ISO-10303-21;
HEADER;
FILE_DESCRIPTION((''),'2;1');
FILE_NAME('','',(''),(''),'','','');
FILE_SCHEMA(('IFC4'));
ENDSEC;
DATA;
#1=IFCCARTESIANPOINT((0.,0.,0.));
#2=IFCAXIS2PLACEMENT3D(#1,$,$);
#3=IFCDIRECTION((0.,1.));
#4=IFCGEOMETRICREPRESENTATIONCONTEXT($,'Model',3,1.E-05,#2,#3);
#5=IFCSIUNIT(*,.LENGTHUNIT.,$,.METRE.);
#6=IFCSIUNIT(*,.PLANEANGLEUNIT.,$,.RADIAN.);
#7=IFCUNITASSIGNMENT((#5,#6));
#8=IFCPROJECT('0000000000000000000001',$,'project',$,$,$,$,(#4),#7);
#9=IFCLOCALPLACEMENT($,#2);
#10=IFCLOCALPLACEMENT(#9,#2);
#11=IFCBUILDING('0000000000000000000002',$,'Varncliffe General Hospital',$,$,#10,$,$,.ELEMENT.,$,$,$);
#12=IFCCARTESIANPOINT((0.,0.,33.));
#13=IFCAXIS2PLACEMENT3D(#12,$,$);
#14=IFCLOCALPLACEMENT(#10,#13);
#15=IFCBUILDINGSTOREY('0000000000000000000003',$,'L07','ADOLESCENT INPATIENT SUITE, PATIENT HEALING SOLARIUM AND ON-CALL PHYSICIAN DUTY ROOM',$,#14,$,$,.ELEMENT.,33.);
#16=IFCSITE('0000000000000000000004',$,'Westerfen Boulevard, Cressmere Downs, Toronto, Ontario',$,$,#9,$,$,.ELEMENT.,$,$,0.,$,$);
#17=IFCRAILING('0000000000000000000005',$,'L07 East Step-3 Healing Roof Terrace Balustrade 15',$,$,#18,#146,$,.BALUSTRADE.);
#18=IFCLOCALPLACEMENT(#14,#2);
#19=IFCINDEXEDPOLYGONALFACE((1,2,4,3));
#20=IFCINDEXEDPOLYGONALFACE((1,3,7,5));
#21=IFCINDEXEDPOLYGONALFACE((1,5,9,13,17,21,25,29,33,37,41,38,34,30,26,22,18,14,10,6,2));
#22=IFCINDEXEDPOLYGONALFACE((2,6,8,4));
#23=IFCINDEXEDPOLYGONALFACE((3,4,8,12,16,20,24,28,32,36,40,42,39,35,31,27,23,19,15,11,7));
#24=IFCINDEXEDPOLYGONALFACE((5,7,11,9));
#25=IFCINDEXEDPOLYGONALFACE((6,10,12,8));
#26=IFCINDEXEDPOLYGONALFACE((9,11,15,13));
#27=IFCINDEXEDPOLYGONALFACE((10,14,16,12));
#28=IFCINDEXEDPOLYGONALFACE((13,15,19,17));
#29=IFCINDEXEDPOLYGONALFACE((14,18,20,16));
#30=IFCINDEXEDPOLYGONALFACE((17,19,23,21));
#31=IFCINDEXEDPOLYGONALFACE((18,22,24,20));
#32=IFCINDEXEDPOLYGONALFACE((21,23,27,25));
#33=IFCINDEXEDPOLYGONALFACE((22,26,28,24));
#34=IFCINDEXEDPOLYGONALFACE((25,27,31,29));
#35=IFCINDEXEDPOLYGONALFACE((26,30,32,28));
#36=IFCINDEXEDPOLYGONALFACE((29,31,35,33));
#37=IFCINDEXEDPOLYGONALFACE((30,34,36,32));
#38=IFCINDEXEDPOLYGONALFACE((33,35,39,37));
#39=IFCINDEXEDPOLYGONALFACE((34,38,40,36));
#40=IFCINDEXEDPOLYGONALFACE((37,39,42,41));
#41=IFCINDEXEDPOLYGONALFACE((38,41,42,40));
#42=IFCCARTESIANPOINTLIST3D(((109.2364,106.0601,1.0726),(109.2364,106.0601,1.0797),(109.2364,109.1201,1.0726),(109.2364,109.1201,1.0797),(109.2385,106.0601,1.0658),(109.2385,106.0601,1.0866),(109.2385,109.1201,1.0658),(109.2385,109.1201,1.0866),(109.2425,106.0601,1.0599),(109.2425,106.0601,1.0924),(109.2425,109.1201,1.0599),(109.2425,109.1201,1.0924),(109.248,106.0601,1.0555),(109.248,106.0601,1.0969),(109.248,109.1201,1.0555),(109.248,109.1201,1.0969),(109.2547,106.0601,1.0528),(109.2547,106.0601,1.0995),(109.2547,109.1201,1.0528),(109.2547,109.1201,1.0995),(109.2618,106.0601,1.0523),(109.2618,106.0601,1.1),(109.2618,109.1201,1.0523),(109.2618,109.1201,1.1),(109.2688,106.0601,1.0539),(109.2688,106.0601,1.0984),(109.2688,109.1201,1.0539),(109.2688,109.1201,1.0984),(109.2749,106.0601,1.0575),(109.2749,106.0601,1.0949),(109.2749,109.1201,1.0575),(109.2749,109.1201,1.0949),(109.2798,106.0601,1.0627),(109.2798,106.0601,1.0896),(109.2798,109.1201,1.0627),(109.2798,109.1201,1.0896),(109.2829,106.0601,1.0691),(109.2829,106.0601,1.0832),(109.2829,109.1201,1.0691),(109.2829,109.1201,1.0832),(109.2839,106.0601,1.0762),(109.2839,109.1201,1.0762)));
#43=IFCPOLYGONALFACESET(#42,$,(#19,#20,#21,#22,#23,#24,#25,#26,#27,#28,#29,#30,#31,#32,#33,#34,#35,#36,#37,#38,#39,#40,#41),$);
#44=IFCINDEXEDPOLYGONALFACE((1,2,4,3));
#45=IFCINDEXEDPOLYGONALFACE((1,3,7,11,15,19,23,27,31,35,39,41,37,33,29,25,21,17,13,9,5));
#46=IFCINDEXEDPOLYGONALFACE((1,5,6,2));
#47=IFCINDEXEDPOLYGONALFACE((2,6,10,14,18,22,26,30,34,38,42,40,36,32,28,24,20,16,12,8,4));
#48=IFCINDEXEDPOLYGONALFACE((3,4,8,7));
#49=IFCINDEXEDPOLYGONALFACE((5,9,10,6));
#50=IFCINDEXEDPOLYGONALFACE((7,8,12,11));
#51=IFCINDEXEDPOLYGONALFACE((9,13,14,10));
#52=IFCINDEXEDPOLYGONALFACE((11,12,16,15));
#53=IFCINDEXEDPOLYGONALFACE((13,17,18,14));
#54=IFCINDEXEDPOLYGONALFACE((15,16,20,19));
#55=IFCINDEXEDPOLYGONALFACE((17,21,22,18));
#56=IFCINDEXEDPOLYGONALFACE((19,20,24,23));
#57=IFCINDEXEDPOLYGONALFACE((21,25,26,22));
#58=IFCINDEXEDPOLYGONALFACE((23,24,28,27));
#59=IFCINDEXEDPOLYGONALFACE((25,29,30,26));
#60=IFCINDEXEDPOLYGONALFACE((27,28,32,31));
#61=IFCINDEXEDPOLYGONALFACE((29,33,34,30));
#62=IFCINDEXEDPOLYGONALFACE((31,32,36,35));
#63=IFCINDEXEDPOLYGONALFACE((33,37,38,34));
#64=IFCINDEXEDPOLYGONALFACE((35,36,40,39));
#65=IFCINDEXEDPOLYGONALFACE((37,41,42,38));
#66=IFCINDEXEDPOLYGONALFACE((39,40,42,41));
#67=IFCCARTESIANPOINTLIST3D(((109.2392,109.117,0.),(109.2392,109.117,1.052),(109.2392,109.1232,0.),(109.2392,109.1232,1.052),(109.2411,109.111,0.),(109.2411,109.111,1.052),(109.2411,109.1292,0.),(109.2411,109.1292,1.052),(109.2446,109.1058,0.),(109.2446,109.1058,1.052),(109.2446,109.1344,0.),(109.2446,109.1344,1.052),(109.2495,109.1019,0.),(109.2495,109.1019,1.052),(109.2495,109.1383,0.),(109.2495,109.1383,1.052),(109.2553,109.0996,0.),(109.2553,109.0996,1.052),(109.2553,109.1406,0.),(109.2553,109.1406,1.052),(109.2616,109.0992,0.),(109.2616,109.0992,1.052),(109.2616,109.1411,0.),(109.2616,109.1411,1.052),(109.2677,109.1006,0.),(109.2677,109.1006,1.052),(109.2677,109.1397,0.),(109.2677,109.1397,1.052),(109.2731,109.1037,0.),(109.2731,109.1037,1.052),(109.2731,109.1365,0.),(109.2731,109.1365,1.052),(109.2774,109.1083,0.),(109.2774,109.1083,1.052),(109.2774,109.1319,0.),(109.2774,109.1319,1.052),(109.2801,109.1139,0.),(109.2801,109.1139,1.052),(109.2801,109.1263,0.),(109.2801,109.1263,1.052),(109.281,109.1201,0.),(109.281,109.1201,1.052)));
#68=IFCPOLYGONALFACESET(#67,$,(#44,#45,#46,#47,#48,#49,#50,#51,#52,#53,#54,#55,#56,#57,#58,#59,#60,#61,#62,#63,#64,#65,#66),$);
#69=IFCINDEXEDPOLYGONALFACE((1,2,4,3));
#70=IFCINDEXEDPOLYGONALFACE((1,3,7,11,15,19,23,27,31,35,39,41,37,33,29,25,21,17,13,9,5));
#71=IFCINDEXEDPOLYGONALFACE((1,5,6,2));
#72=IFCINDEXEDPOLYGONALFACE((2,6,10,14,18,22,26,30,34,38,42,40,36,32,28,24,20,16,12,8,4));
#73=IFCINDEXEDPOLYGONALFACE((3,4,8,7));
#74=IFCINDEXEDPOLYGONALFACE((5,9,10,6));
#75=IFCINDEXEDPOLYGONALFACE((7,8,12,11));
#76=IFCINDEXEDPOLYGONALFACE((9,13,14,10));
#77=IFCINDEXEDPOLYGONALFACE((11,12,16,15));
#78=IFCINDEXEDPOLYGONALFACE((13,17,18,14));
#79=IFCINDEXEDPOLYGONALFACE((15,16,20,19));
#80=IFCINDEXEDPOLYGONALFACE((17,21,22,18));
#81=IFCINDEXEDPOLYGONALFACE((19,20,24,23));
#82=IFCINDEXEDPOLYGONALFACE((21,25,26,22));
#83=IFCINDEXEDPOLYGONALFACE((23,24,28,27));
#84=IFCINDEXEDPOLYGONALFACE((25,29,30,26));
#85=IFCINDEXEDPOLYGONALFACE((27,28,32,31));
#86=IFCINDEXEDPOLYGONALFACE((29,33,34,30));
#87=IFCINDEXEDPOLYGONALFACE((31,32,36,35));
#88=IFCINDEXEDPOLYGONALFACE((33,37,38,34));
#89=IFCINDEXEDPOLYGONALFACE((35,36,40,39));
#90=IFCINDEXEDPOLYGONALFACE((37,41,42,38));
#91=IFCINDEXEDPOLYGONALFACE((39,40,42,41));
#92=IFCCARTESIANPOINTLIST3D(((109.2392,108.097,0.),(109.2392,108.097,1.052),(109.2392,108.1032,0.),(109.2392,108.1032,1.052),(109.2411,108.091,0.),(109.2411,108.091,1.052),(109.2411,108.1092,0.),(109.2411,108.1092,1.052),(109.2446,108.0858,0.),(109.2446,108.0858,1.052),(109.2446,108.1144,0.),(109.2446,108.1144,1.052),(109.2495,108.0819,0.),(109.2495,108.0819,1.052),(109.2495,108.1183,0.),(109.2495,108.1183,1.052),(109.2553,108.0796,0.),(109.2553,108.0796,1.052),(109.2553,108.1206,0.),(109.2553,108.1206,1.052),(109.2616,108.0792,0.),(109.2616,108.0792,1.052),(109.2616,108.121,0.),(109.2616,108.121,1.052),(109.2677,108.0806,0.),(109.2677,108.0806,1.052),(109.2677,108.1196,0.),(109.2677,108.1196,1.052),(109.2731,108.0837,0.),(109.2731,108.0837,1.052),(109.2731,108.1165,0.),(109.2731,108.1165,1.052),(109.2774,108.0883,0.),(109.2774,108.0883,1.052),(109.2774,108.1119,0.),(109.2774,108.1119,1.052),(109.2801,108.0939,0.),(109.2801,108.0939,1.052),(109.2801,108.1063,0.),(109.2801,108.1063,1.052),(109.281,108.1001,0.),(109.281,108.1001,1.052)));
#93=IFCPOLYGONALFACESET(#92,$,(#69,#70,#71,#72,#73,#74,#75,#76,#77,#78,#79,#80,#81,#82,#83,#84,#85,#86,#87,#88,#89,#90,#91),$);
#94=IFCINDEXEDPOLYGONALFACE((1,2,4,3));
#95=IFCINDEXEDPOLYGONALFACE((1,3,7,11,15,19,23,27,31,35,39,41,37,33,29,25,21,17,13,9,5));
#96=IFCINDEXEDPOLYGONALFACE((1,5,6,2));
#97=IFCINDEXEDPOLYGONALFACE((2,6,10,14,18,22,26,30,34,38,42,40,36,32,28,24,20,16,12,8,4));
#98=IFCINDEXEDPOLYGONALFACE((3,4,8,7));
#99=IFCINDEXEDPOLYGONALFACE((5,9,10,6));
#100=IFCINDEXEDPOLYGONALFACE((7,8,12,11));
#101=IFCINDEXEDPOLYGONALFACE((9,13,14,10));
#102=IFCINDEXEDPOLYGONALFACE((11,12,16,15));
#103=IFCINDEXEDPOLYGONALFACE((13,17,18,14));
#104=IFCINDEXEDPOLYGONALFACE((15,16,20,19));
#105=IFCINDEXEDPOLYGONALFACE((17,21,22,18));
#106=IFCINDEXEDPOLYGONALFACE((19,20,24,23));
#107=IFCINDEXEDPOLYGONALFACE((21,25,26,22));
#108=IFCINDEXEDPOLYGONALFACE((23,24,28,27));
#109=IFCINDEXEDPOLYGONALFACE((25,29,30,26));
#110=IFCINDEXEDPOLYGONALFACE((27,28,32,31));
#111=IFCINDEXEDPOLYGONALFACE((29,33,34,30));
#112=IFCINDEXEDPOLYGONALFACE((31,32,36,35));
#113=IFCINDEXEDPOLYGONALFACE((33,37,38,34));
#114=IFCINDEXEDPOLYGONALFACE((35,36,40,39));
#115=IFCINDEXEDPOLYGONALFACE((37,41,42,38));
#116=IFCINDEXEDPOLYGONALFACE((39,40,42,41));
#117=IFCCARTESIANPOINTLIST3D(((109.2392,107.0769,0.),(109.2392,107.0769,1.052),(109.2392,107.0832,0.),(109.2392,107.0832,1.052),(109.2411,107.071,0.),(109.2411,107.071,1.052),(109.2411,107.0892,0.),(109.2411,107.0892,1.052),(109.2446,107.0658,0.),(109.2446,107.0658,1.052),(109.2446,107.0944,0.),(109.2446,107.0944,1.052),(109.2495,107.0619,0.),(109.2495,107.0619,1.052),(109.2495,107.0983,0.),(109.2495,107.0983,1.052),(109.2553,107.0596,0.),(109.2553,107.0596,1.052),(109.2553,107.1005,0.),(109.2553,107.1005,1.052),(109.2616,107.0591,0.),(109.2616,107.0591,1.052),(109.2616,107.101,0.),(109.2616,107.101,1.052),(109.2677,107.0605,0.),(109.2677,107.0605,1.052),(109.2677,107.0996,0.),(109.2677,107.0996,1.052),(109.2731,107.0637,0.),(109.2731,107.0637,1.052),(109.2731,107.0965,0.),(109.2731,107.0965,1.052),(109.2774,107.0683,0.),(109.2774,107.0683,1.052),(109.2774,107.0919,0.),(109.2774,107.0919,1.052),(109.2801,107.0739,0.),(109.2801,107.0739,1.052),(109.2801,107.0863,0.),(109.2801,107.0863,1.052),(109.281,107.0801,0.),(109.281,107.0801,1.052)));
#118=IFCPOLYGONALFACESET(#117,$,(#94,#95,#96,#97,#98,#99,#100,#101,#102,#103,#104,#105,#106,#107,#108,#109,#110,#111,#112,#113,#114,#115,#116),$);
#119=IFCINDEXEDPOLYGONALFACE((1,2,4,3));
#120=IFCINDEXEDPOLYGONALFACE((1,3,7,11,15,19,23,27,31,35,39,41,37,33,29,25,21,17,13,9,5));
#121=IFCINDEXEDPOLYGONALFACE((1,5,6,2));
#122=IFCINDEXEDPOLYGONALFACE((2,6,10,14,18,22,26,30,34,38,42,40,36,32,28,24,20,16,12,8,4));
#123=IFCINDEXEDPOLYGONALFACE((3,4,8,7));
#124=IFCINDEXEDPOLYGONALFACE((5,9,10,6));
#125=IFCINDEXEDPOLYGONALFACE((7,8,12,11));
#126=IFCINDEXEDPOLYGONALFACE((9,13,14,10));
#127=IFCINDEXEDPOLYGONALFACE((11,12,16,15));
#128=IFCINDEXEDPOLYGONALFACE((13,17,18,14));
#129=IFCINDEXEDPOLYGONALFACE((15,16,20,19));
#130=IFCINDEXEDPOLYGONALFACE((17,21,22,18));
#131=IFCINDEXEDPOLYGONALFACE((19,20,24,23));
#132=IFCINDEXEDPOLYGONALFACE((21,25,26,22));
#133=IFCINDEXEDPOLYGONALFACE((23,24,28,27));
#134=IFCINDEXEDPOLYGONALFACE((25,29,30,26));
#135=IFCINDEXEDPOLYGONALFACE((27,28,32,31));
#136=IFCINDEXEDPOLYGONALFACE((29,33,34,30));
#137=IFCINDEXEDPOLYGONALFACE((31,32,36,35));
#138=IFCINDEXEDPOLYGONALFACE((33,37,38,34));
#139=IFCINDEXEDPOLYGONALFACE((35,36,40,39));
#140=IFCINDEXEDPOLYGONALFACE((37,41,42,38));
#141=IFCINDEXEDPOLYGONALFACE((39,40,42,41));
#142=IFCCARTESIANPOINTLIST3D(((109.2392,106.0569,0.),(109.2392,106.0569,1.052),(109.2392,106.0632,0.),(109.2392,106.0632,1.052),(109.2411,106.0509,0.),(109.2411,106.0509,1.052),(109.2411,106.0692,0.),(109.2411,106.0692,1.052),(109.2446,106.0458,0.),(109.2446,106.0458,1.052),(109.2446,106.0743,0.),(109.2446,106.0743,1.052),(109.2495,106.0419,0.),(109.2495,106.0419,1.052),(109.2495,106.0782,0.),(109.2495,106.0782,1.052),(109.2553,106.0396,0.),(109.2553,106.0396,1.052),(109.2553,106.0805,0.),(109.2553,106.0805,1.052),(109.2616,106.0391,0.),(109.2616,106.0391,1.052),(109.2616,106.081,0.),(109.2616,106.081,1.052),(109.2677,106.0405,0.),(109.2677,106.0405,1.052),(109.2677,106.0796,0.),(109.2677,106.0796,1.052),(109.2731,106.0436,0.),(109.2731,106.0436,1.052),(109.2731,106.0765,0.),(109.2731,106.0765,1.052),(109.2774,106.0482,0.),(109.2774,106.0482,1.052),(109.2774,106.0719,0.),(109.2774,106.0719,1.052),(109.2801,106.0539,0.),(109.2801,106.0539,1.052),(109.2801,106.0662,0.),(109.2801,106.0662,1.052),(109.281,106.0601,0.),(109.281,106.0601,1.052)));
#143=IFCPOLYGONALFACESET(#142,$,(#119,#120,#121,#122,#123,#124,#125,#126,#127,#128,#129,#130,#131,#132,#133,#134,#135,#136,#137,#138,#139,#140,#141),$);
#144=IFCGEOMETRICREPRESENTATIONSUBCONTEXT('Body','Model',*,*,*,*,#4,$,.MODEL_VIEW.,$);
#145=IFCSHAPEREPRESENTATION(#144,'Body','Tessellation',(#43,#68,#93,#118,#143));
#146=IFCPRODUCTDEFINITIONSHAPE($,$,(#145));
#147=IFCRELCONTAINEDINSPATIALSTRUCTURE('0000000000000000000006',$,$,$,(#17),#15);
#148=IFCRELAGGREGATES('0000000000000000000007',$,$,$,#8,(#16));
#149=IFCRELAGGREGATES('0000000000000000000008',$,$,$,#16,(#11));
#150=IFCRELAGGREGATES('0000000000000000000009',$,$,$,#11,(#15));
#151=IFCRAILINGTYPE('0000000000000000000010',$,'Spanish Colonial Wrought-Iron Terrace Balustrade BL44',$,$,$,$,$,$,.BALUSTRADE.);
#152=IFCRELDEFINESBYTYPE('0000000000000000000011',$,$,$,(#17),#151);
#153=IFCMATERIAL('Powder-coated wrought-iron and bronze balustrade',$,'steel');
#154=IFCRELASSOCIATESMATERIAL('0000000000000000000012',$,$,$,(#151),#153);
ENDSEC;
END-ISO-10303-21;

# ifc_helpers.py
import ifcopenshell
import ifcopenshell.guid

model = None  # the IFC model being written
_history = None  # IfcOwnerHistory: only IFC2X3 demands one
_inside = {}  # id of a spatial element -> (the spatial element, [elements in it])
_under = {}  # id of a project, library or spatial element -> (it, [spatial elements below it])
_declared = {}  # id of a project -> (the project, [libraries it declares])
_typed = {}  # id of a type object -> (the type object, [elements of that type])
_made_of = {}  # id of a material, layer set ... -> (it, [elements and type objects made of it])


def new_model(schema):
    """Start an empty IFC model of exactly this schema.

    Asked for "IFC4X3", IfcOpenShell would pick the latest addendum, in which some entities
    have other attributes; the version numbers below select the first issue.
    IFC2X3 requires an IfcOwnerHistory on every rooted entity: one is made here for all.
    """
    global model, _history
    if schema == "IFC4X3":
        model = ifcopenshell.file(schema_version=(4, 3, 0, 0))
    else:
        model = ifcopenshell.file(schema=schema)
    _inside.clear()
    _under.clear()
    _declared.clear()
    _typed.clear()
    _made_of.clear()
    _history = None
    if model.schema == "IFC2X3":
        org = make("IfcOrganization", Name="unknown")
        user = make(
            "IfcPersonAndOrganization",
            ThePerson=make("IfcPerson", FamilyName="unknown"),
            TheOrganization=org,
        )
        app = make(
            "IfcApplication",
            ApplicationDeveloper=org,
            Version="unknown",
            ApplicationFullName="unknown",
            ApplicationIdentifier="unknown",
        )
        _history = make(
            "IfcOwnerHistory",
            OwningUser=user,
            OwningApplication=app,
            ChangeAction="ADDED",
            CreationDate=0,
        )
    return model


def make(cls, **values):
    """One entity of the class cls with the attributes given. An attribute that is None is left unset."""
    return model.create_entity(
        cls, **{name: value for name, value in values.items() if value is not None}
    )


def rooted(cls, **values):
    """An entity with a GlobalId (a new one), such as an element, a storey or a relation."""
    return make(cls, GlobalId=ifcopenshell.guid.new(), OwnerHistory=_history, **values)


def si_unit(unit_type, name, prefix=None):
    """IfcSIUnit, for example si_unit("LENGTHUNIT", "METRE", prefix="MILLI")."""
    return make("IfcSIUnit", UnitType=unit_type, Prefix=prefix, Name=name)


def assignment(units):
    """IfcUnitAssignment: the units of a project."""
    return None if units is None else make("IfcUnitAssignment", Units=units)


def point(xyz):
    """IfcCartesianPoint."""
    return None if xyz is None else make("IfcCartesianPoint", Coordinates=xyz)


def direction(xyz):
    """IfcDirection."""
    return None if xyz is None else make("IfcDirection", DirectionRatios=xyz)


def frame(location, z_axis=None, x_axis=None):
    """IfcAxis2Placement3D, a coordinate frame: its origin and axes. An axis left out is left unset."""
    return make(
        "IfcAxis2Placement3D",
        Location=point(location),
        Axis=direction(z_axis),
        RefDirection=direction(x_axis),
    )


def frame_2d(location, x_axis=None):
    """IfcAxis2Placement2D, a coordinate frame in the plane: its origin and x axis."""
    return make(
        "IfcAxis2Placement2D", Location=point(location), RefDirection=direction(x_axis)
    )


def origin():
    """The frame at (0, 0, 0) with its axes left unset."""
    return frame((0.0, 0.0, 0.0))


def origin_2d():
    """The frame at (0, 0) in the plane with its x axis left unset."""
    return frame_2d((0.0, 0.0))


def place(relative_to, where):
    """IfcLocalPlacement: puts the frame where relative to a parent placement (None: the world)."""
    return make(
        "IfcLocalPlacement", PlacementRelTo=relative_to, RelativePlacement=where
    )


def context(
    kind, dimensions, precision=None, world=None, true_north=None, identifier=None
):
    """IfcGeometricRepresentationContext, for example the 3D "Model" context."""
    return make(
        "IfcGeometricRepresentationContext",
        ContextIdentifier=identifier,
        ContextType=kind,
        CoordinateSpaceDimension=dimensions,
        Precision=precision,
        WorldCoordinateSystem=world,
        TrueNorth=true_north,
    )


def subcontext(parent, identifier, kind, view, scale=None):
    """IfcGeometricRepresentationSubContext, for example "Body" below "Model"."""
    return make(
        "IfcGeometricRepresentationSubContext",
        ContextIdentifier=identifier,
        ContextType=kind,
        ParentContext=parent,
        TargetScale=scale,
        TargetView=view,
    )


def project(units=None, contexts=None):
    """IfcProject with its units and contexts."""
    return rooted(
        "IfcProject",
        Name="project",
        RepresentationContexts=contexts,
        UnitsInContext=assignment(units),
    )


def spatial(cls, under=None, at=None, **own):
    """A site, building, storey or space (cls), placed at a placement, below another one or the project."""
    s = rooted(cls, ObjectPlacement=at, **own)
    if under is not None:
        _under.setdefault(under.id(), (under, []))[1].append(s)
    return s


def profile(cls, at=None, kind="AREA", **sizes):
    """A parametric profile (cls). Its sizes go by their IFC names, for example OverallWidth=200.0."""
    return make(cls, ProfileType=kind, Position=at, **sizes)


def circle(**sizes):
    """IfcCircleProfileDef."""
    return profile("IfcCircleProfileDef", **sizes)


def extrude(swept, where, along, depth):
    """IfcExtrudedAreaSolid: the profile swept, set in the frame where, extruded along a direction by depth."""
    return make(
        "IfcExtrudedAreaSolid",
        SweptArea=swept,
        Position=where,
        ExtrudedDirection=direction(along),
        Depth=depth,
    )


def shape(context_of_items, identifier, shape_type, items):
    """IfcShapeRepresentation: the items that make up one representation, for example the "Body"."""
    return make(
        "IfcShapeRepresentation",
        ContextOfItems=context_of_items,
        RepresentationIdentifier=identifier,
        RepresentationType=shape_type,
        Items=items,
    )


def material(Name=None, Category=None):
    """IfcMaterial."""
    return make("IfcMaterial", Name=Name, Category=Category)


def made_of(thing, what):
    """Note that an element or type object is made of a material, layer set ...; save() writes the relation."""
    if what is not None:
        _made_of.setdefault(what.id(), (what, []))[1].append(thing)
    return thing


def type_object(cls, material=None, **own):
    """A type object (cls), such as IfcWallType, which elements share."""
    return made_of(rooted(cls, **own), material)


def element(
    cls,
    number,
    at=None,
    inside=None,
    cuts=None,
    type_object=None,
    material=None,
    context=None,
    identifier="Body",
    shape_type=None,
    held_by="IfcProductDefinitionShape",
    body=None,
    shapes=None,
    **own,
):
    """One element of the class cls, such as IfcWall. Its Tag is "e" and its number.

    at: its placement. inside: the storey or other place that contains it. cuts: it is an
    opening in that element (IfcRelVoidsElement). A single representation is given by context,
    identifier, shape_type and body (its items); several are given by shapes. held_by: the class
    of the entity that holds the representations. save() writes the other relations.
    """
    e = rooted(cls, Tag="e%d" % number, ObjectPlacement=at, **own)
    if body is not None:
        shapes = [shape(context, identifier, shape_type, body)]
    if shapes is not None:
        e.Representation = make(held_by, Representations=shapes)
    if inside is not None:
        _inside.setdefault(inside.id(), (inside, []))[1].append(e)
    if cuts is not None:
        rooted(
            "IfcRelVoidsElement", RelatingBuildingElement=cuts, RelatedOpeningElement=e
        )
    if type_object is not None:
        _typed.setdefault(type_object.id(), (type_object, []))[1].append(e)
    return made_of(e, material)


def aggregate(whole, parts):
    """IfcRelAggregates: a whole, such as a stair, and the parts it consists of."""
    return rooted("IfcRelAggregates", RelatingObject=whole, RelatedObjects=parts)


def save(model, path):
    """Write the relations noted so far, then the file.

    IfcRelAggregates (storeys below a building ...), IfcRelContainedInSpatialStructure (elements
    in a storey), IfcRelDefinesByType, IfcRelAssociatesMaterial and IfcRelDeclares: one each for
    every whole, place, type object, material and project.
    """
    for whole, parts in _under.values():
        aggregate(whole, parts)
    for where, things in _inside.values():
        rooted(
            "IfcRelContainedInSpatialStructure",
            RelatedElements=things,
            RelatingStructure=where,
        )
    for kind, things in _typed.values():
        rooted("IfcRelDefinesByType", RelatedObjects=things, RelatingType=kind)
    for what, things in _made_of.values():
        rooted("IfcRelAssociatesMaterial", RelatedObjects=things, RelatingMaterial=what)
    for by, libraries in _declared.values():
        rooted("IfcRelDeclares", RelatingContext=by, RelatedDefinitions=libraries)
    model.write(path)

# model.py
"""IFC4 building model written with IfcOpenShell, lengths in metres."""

from ifc_helpers import new_model, si_unit, direction, frame, origin, origin_2d, place, context, subcontext, project, spatial, circle, extrude, material, type_object, element, save


model = new_model("IFC4")

# Units and contexts
model_context = context("Model", 3, precision=1e-05, world=origin(), true_north=direction((0.0, 1.0)))
body_context = subcontext(model_context, "Body", "Model", "MODEL_VIEW")
ifc_project = project(units=[si_unit("LENGTHUNIT", "METRE"), si_unit("PLANEANGLEUNIT", "RADIAN")], contexts=[model_context])

# Site, building, storey
site_placement = place(None, origin())
site = spatial("IfcSite", under=ifc_project, at=site_placement, Name="Westerfen Boulevard, Cressmere Downs, Toronto, Ontario", CompositionType="ELEMENT", RefElevation=0.0)
building_placement = place(site_placement, origin())
building = spatial("IfcBuilding", under=site, at=building_placement, Name="Varncliffe General Hospital", CompositionType="ELEMENT")
storey_placement = place(building_placement, frame((0.0, 0.0, 33.0)))
storey = spatial("IfcBuildingStorey", under=building, at=storey_placement, Name="L07", Description="ADOLESCENT INPATIENT SUITE, PATIENT HEALING SOLARIUM AND ON-CALL PHYSICIAN DUTY ROOM", CompositionType="ELEMENT", Elevation=33.0)

# Railing
ifc_material_1 = material(Name="Powder-coated wrought-iron and bronze balustrade", Category="steel")
railing_type = type_object("IfcRailingType", Name="Spanish Colonial Wrought-Iron Terrace Balustrade BL44", PredefinedType="BALUSTRADE", material=ifc_material_1)
railing_1_placement = place(storey_placement, frame((109.26, 109.1201, 0.0)))
element("IfcRailing", 1, at=railing_1_placement, inside=storey, type_object=railing_type, Name="L07 East Step-3 Healing Roof Terrace Balustrade 15", PredefinedType="BALUSTRADE", context=body_context, shape_type="SweptSolid", body=[
    extrude(circle(Radius=0.0239, at=origin_2d()), frame((0.0, 0.0, 1.0762), z_axis=(0.0, -1.0, 0.0), x_axis=(1.0, 0.0, 0.0)), (0.0, 0.0, 1.0), 3.0601),
    extrude(circle(Radius=0.021, at=origin_2d()), origin(), (0.0, 0.0, 1.0), 1.052),
    extrude(circle(Radius=0.021, at=origin_2d()), frame((0.0, -1.02, 0.0)), (0.0, 0.0, 1.0), 1.052),
    extrude(circle(Radius=0.021, at=origin_2d()), frame((0.0, -2.04, 0.0)), (0.0, 0.0, 1.0), 1.052),
    extrude(circle(Radius=0.021, at=origin_2d()), frame((0.0, -3.0601, 0.0)), (0.0, 0.0, 1.0), 1.052),
])

save(model, "model.ifc")
